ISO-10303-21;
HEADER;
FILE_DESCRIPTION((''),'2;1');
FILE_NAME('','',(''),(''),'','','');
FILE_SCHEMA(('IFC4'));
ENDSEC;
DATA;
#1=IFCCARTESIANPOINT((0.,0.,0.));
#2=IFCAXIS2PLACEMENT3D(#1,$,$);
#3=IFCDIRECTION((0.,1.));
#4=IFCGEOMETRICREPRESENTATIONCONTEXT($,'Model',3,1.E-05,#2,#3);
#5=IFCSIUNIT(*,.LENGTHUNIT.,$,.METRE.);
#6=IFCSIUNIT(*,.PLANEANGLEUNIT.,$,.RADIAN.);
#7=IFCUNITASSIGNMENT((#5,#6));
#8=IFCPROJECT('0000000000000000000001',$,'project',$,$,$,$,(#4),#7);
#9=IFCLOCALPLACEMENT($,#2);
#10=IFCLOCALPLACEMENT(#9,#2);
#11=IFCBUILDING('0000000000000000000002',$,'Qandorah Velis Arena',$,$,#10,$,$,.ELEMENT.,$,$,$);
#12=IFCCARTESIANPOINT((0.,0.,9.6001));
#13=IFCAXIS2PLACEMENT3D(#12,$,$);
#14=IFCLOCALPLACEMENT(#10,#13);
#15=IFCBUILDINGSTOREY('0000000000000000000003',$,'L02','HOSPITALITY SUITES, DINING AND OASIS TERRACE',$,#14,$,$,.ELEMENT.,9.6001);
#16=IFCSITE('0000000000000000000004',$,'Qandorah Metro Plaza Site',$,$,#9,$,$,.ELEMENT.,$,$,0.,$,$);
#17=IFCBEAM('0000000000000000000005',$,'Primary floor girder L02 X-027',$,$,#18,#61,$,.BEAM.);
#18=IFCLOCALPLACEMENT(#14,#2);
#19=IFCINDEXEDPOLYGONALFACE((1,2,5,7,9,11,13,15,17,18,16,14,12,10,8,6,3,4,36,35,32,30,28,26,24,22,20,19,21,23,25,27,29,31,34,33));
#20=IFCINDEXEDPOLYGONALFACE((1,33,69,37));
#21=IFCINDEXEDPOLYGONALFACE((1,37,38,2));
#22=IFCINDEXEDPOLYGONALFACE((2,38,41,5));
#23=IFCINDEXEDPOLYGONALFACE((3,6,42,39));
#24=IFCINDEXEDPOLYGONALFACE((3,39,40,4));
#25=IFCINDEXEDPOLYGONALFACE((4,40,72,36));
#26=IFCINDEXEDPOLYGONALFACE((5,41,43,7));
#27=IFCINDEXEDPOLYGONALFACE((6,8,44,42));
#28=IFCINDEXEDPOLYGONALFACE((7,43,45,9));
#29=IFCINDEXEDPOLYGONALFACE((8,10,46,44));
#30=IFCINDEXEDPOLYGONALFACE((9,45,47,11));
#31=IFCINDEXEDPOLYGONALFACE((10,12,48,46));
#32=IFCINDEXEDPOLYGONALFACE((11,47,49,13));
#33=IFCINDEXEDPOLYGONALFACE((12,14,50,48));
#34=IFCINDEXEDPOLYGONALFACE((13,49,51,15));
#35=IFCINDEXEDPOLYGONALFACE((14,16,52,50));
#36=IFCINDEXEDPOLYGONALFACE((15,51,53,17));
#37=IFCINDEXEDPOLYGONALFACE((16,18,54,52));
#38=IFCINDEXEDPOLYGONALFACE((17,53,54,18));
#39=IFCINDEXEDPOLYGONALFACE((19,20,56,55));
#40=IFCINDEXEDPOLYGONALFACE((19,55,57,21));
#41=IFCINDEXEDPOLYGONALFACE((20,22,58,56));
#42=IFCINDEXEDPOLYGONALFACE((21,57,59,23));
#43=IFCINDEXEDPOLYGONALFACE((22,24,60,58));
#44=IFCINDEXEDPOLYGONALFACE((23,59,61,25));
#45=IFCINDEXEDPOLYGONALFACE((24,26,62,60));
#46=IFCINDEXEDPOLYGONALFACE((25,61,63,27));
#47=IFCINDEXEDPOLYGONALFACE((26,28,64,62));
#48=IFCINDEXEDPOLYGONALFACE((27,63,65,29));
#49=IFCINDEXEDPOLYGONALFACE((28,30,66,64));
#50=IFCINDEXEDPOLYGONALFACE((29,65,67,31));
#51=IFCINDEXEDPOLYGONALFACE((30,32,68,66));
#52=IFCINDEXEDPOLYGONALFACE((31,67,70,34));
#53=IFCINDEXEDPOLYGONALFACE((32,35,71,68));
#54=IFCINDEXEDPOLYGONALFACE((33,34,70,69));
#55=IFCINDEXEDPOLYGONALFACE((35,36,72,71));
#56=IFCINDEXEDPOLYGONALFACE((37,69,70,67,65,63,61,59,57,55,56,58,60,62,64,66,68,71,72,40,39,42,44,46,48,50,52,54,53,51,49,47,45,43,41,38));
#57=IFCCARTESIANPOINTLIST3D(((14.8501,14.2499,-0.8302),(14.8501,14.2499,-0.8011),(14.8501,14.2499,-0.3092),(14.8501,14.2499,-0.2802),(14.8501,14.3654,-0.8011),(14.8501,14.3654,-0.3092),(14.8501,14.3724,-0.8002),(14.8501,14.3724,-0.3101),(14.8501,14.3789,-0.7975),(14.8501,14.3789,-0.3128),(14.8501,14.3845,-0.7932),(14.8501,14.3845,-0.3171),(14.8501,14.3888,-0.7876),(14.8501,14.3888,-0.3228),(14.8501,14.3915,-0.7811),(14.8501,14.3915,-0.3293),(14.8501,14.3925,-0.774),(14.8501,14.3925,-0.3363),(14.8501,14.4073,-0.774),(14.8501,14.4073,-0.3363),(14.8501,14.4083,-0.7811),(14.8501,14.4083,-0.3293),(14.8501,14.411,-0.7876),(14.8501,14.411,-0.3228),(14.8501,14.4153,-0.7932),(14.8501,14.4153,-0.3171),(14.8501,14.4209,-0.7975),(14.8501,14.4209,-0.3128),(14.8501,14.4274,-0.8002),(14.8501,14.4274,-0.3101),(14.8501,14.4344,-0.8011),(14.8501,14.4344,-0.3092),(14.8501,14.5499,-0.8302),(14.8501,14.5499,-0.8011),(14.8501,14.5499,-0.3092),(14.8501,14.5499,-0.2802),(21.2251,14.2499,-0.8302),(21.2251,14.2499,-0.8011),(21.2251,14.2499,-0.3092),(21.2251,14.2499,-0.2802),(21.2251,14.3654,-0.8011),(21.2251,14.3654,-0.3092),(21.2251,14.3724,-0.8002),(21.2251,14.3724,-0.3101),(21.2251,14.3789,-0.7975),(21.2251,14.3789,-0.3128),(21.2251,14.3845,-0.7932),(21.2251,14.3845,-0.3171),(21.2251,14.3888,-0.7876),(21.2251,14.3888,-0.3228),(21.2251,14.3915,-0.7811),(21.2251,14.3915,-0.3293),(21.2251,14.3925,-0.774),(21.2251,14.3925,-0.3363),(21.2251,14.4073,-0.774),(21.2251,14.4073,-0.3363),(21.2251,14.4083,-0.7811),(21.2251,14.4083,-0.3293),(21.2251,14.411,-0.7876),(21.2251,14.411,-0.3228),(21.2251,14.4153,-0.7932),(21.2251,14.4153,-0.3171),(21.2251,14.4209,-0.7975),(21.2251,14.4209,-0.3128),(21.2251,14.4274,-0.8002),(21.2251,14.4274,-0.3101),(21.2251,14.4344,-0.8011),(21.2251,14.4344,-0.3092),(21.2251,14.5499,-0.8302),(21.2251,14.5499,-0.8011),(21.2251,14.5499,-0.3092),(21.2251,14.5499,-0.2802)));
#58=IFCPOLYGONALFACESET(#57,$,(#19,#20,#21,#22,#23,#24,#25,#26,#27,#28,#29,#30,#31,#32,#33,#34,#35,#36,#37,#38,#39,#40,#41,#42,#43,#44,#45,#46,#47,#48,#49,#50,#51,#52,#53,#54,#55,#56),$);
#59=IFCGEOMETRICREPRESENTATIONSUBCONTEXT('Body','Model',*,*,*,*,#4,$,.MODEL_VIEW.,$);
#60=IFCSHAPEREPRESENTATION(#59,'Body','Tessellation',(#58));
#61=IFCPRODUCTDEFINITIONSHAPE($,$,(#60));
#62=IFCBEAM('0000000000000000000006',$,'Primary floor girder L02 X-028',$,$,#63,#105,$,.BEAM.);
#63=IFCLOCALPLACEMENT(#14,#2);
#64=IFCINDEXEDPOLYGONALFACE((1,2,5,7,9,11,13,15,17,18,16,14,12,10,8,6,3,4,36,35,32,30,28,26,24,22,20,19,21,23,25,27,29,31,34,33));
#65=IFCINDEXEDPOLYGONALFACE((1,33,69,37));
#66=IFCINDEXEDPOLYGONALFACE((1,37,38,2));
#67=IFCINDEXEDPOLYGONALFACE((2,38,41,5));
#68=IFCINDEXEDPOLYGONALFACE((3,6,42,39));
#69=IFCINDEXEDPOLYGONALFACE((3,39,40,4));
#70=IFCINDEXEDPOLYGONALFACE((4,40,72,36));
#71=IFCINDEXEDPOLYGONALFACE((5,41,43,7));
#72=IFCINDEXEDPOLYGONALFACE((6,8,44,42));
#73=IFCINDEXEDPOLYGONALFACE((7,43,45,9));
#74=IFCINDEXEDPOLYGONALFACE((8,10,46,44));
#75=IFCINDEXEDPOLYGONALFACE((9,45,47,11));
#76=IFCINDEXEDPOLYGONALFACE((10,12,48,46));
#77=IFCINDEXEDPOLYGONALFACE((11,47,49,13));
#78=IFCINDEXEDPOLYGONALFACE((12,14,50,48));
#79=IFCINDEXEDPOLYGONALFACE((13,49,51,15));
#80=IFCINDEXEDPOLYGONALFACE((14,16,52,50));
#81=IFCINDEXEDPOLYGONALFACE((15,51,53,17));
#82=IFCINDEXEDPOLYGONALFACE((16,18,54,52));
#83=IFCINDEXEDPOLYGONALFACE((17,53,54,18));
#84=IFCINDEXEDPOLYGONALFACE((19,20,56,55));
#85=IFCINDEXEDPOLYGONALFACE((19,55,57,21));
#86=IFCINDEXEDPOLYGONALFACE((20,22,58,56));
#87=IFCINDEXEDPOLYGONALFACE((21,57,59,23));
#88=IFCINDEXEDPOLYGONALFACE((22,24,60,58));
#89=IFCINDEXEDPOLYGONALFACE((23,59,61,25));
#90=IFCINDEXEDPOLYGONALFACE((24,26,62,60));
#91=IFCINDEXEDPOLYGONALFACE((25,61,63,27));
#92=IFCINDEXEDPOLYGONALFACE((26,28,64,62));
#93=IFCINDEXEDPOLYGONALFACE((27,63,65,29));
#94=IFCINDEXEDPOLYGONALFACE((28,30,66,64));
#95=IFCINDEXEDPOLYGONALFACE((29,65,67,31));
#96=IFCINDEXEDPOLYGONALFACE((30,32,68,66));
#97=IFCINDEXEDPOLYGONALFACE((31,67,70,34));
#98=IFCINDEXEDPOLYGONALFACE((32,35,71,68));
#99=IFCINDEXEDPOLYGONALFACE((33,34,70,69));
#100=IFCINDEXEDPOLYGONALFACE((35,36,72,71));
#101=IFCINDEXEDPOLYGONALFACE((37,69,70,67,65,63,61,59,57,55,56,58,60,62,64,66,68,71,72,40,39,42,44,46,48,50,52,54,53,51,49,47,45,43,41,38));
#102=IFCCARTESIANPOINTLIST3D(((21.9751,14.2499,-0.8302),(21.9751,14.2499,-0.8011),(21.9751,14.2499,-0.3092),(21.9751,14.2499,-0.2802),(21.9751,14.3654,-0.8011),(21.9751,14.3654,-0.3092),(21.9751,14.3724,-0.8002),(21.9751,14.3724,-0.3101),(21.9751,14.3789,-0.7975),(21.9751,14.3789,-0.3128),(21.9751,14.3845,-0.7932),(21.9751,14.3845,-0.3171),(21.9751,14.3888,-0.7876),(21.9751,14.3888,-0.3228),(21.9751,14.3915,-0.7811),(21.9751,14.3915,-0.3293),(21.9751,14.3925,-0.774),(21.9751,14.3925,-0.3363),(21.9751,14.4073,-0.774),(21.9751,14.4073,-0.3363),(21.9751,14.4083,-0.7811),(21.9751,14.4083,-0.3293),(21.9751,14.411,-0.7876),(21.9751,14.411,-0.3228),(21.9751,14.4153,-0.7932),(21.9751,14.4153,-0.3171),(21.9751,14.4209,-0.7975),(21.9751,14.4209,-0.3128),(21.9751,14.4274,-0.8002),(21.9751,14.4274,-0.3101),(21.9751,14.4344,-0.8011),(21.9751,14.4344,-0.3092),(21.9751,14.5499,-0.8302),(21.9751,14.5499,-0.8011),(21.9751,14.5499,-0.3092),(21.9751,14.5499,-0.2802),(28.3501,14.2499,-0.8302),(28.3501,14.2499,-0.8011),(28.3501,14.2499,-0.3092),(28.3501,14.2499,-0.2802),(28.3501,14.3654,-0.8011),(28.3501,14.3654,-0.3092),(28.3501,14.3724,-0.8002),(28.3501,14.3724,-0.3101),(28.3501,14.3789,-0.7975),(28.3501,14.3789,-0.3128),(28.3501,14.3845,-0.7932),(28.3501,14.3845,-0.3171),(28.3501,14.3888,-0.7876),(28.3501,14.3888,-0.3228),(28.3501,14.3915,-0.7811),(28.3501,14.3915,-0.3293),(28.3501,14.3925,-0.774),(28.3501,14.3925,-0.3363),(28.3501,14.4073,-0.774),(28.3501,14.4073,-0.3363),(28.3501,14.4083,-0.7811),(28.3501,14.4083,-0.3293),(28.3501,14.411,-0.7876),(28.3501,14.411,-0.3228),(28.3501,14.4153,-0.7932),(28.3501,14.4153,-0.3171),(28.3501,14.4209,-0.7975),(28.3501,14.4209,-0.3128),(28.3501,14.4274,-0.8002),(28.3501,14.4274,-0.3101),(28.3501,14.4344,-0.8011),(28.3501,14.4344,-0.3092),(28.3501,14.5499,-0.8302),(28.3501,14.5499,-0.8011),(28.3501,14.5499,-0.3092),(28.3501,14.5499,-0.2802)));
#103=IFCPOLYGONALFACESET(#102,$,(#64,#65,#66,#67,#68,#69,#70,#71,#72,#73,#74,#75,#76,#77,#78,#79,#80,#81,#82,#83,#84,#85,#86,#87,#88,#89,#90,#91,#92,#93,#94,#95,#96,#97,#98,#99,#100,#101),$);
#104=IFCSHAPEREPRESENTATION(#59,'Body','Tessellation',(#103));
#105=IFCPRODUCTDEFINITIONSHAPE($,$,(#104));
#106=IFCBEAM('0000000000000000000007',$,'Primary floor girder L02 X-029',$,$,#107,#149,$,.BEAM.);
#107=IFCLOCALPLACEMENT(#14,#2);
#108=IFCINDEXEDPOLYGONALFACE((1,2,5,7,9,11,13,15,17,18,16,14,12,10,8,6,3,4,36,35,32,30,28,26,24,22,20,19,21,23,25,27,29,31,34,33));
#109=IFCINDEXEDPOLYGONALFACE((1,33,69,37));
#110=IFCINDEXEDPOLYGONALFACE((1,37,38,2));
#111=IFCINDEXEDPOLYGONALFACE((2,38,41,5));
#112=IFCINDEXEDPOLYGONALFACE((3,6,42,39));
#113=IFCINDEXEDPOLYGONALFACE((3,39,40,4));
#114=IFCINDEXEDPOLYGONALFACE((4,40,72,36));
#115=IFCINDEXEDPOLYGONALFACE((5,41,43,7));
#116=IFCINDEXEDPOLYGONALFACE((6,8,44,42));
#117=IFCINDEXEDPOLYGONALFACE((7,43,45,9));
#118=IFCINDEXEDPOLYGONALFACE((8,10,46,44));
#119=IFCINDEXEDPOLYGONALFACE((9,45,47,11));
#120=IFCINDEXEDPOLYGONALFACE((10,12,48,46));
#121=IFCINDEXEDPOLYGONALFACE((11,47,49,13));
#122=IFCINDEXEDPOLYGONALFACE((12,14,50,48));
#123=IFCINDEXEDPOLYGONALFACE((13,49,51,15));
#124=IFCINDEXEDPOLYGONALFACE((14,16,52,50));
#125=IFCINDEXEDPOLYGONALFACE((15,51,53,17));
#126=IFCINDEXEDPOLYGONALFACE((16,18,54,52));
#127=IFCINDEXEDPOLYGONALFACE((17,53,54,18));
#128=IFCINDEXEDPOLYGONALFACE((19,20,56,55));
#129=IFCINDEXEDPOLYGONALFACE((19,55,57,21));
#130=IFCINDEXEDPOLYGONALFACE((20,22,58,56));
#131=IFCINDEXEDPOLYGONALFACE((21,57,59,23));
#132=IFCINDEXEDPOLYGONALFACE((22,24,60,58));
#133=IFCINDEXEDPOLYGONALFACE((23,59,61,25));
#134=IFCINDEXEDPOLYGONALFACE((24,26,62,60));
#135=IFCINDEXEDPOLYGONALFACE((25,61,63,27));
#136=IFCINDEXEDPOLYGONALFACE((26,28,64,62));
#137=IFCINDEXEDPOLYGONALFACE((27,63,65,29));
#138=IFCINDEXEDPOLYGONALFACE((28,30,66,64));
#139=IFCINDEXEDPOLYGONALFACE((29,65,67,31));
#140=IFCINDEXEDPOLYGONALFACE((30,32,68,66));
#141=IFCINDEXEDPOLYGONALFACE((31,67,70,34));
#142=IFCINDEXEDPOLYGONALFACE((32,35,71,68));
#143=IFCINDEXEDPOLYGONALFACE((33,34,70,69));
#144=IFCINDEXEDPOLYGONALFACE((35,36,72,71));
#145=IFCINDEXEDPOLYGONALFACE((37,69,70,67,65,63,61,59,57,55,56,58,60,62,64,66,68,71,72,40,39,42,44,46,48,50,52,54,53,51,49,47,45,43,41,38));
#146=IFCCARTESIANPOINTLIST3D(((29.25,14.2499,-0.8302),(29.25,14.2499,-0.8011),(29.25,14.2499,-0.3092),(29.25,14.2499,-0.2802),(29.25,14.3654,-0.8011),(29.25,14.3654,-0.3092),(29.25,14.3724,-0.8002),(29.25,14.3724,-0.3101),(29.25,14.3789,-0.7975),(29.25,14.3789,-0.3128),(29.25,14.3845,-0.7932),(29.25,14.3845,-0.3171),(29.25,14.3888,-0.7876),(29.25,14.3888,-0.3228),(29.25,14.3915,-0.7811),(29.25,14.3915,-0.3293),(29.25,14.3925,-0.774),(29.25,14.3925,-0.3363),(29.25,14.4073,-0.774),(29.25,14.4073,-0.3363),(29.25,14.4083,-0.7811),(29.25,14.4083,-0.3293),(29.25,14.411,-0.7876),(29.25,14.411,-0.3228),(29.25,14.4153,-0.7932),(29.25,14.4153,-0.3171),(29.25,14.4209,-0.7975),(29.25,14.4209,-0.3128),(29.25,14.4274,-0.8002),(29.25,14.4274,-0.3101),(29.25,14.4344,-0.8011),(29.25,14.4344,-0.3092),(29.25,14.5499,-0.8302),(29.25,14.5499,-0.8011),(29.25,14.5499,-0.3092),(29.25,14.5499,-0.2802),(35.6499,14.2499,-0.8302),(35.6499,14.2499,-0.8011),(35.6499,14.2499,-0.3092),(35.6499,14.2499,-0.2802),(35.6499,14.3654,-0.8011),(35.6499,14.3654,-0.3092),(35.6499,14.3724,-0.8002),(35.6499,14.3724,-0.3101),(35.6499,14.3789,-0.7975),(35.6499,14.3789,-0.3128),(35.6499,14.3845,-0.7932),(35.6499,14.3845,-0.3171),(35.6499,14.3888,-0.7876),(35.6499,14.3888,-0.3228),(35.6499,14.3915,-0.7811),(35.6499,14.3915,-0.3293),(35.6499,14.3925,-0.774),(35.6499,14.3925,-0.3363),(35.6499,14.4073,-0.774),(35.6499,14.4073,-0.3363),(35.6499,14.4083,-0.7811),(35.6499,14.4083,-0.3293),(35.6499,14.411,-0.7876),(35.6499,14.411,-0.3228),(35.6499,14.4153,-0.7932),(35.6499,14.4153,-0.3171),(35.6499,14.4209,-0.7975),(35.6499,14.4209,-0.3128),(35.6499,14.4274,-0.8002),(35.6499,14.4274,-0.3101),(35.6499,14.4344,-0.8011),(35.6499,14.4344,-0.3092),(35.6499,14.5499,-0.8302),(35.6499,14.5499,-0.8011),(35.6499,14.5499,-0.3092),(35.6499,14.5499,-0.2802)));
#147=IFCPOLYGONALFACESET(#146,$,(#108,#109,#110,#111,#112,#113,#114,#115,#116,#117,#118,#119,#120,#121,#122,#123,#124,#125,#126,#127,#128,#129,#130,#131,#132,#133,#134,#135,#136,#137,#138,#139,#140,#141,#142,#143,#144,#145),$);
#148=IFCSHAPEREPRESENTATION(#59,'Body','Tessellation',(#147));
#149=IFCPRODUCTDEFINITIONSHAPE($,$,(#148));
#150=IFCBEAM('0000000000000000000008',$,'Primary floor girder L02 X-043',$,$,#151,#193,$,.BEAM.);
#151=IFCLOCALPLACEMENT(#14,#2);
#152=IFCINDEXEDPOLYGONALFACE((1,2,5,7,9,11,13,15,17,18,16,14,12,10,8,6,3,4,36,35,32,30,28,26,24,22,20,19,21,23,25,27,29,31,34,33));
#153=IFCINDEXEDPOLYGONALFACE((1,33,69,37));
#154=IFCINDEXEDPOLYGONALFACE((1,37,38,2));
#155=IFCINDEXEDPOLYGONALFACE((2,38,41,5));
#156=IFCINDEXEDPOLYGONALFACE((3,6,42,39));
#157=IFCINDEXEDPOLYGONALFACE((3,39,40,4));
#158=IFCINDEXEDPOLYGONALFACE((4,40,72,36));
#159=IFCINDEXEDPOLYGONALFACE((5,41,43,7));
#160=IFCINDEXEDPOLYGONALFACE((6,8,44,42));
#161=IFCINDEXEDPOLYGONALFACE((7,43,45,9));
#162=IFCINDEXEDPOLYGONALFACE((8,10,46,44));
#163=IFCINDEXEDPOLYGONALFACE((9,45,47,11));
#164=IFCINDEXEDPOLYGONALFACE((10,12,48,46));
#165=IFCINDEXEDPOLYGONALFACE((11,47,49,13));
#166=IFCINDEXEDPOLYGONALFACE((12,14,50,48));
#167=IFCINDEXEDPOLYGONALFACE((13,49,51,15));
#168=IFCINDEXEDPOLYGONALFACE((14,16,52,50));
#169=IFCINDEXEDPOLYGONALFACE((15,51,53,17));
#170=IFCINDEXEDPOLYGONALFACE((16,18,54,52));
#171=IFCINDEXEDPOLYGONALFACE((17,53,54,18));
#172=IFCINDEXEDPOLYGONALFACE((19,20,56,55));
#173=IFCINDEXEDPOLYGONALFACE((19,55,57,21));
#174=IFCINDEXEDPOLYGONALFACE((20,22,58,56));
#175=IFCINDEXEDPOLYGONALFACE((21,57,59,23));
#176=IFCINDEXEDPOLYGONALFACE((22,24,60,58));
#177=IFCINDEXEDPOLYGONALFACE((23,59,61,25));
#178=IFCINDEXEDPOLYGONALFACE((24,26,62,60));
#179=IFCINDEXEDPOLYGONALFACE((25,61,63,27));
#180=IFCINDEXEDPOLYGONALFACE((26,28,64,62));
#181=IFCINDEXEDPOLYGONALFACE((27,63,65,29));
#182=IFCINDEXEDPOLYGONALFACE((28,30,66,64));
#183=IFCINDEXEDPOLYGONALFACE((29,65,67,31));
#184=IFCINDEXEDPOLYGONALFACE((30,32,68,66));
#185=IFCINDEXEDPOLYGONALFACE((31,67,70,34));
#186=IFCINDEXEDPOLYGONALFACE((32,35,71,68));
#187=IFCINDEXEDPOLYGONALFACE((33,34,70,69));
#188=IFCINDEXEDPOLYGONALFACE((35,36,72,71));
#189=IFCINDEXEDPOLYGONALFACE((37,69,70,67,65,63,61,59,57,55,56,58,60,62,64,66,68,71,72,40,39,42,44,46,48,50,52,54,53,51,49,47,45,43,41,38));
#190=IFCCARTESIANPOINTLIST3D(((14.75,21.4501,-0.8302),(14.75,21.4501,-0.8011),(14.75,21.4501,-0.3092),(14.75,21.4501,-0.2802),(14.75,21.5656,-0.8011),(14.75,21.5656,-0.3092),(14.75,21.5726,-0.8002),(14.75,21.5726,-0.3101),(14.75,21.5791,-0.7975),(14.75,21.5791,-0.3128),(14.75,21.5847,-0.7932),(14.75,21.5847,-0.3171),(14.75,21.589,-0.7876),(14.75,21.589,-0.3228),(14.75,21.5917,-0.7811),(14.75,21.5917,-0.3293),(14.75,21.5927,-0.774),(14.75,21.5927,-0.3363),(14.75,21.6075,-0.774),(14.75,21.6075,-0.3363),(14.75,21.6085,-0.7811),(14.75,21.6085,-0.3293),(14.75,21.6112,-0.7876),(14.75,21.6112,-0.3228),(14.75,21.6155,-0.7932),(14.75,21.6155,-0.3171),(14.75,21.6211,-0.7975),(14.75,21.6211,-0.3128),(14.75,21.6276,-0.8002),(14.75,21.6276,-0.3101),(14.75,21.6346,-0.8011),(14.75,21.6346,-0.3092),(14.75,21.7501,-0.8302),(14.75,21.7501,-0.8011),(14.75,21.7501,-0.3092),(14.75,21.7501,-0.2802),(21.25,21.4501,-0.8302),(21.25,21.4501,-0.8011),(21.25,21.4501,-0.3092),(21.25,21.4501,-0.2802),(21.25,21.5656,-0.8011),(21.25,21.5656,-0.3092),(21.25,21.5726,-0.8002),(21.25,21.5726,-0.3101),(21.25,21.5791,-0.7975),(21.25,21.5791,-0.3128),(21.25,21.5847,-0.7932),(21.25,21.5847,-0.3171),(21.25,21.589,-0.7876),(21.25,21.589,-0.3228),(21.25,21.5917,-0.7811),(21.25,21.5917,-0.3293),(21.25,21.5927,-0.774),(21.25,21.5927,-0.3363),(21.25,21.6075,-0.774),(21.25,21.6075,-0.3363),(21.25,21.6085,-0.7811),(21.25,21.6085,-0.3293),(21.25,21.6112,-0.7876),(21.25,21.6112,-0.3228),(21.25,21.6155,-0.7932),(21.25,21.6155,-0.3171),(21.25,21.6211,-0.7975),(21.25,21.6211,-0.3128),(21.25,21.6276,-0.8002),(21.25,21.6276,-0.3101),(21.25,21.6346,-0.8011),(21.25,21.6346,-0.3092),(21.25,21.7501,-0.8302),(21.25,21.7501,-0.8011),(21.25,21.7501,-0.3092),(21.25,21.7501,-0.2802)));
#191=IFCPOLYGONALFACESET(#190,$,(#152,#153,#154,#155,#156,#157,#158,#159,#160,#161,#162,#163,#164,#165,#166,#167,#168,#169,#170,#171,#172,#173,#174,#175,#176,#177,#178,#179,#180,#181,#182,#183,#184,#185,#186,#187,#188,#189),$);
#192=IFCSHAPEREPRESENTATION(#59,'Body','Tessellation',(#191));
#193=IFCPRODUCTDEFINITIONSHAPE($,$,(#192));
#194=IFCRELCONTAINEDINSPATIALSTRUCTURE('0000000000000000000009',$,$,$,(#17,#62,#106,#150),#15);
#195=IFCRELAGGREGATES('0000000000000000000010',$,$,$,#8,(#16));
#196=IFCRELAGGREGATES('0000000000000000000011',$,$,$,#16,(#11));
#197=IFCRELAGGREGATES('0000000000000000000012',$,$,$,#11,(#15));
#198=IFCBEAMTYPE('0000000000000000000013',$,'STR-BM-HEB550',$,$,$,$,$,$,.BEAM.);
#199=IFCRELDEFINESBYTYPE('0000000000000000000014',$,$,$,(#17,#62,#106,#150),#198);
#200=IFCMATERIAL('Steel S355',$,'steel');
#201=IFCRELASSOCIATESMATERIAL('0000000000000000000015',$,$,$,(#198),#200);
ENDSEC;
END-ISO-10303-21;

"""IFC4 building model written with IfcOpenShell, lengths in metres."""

from ifc_helpers import new_model, si_unit, direction, frame, origin, origin_2d, place, context, subcontext, project, spatial, i_section, extrude, material, material_profile, profile_set, type_object, element, save


model = new_model("IFC4")

# Units and contexts
model_context = context("Model", 3, precision=1e-05, world=origin(), true_north=direction((0.0, 1.0)))
body_context = subcontext(model_context, "Body", "Model", "MODEL_VIEW")
ifc_project = project(units=[si_unit("LENGTHUNIT", "METRE"), si_unit("PLANEANGLEUNIT", "RADIAN")], contexts=[model_context])

# Site, building, storey
site_placement = place(None, origin())
site = spatial("IfcSite", under=ifc_project, at=site_placement, Name="Qandorah Metro Plaza Site", CompositionType="ELEMENT", RefElevation=0.0)
building_placement = place(site_placement, origin())
building = spatial("IfcBuilding", under=site, at=building_placement, Name="Qandorah Velis Arena", CompositionType="ELEMENT")
storey_placement = place(building_placement, frame((0.0, 0.0, 9.6001)))
storey = spatial("IfcBuildingStorey", under=building, at=storey_placement, Name="L02", Description="HOSPITALITY SUITES, DINING AND OASIS TERRACE", CompositionType="ELEMENT", Elevation=9.6001)

# Beams
ifc_material_1 = material(Name="Steel S355", Category="steel")
ifc_material_profile_1 = material_profile(ifc_material_1, i_section(OverallWidth=0.3, OverallDepth=0.55, WebThickness=0.0149, FlangeThickness=0.0291, FilletRadius=0.0271, at=origin_2d()), Name="HEB 550")
ifc_profile_set_1 = profile_set([ifc_material_profile_1], Name="Steel S355")
beam_type_1 = type_object("IfcBeamType", Name="STR-BM-HEB550", PredefinedType="BEAM", material=ifc_profile_set_1)
for number, where, z_axis, x_axis, name in (
    (1, (14.8501, 14.3999, -0.5552), (1.0, 0.0, 0.0), (0.0, 1.0, 0.0), "Primary floor girder L02 X-027"),
    (2, (21.9751, 14.3999, -0.5552), (1.0, 0.0, 0.0), (0.0, 1.0, 0.0), "Primary floor girder L02 X-028"),
):
    element("IfcBeam", number, at=place(storey_placement, frame(where, z_axis=z_axis, x_axis=x_axis)), inside=storey, type_object=beam_type_1, Name=name, PredefinedType="BEAM", context=body_context, shape_type="SweptSolid", body=[
        extrude(i_section(OverallWidth=0.3, OverallDepth=0.55, WebThickness=0.0149, FlangeThickness=0.0291, FilletRadius=0.0271, at=origin_2d()), origin(), (0.0, 0.0, 1.0), 6.375),
    ])
beam_1_placement = place(storey_placement, frame((29.25, 14.3999, -0.5552), z_axis=(1.0, 0.0, 0.0), x_axis=(0.0, 1.0, 0.0)))
element("IfcBeam", 3, at=beam_1_placement, inside=storey, type_object=beam_type_1, Name="Primary floor girder L02 X-029", PredefinedType="BEAM", context=body_context, shape_type="SweptSolid", body=[
    extrude(i_section(OverallWidth=0.3, OverallDepth=0.55, WebThickness=0.0149, FlangeThickness=0.0291, FilletRadius=0.0271, at=origin_2d()), origin(), (0.0, 0.0, 1.0), 6.3999),
])
beam_2_placement = place(storey_placement, frame((14.75, 21.6001, -0.5552), z_axis=(1.0, 0.0, 0.0), x_axis=(0.0, 1.0, 0.0)))
element("IfcBeam", 4, at=beam_2_placement, inside=storey, type_object=beam_type_1, Name="Primary floor girder L02 X-043", PredefinedType="BEAM", context=body_context, shape_type="SweptSolid", body=[
    extrude(i_section(OverallWidth=0.3, OverallDepth=0.55, WebThickness=0.0149, FlangeThickness=0.0291, FilletRadius=0.0271, at=origin_2d()), origin(), (0.0, 0.0, 1.0), 6.5),
])

save(model, "model.ifc")
